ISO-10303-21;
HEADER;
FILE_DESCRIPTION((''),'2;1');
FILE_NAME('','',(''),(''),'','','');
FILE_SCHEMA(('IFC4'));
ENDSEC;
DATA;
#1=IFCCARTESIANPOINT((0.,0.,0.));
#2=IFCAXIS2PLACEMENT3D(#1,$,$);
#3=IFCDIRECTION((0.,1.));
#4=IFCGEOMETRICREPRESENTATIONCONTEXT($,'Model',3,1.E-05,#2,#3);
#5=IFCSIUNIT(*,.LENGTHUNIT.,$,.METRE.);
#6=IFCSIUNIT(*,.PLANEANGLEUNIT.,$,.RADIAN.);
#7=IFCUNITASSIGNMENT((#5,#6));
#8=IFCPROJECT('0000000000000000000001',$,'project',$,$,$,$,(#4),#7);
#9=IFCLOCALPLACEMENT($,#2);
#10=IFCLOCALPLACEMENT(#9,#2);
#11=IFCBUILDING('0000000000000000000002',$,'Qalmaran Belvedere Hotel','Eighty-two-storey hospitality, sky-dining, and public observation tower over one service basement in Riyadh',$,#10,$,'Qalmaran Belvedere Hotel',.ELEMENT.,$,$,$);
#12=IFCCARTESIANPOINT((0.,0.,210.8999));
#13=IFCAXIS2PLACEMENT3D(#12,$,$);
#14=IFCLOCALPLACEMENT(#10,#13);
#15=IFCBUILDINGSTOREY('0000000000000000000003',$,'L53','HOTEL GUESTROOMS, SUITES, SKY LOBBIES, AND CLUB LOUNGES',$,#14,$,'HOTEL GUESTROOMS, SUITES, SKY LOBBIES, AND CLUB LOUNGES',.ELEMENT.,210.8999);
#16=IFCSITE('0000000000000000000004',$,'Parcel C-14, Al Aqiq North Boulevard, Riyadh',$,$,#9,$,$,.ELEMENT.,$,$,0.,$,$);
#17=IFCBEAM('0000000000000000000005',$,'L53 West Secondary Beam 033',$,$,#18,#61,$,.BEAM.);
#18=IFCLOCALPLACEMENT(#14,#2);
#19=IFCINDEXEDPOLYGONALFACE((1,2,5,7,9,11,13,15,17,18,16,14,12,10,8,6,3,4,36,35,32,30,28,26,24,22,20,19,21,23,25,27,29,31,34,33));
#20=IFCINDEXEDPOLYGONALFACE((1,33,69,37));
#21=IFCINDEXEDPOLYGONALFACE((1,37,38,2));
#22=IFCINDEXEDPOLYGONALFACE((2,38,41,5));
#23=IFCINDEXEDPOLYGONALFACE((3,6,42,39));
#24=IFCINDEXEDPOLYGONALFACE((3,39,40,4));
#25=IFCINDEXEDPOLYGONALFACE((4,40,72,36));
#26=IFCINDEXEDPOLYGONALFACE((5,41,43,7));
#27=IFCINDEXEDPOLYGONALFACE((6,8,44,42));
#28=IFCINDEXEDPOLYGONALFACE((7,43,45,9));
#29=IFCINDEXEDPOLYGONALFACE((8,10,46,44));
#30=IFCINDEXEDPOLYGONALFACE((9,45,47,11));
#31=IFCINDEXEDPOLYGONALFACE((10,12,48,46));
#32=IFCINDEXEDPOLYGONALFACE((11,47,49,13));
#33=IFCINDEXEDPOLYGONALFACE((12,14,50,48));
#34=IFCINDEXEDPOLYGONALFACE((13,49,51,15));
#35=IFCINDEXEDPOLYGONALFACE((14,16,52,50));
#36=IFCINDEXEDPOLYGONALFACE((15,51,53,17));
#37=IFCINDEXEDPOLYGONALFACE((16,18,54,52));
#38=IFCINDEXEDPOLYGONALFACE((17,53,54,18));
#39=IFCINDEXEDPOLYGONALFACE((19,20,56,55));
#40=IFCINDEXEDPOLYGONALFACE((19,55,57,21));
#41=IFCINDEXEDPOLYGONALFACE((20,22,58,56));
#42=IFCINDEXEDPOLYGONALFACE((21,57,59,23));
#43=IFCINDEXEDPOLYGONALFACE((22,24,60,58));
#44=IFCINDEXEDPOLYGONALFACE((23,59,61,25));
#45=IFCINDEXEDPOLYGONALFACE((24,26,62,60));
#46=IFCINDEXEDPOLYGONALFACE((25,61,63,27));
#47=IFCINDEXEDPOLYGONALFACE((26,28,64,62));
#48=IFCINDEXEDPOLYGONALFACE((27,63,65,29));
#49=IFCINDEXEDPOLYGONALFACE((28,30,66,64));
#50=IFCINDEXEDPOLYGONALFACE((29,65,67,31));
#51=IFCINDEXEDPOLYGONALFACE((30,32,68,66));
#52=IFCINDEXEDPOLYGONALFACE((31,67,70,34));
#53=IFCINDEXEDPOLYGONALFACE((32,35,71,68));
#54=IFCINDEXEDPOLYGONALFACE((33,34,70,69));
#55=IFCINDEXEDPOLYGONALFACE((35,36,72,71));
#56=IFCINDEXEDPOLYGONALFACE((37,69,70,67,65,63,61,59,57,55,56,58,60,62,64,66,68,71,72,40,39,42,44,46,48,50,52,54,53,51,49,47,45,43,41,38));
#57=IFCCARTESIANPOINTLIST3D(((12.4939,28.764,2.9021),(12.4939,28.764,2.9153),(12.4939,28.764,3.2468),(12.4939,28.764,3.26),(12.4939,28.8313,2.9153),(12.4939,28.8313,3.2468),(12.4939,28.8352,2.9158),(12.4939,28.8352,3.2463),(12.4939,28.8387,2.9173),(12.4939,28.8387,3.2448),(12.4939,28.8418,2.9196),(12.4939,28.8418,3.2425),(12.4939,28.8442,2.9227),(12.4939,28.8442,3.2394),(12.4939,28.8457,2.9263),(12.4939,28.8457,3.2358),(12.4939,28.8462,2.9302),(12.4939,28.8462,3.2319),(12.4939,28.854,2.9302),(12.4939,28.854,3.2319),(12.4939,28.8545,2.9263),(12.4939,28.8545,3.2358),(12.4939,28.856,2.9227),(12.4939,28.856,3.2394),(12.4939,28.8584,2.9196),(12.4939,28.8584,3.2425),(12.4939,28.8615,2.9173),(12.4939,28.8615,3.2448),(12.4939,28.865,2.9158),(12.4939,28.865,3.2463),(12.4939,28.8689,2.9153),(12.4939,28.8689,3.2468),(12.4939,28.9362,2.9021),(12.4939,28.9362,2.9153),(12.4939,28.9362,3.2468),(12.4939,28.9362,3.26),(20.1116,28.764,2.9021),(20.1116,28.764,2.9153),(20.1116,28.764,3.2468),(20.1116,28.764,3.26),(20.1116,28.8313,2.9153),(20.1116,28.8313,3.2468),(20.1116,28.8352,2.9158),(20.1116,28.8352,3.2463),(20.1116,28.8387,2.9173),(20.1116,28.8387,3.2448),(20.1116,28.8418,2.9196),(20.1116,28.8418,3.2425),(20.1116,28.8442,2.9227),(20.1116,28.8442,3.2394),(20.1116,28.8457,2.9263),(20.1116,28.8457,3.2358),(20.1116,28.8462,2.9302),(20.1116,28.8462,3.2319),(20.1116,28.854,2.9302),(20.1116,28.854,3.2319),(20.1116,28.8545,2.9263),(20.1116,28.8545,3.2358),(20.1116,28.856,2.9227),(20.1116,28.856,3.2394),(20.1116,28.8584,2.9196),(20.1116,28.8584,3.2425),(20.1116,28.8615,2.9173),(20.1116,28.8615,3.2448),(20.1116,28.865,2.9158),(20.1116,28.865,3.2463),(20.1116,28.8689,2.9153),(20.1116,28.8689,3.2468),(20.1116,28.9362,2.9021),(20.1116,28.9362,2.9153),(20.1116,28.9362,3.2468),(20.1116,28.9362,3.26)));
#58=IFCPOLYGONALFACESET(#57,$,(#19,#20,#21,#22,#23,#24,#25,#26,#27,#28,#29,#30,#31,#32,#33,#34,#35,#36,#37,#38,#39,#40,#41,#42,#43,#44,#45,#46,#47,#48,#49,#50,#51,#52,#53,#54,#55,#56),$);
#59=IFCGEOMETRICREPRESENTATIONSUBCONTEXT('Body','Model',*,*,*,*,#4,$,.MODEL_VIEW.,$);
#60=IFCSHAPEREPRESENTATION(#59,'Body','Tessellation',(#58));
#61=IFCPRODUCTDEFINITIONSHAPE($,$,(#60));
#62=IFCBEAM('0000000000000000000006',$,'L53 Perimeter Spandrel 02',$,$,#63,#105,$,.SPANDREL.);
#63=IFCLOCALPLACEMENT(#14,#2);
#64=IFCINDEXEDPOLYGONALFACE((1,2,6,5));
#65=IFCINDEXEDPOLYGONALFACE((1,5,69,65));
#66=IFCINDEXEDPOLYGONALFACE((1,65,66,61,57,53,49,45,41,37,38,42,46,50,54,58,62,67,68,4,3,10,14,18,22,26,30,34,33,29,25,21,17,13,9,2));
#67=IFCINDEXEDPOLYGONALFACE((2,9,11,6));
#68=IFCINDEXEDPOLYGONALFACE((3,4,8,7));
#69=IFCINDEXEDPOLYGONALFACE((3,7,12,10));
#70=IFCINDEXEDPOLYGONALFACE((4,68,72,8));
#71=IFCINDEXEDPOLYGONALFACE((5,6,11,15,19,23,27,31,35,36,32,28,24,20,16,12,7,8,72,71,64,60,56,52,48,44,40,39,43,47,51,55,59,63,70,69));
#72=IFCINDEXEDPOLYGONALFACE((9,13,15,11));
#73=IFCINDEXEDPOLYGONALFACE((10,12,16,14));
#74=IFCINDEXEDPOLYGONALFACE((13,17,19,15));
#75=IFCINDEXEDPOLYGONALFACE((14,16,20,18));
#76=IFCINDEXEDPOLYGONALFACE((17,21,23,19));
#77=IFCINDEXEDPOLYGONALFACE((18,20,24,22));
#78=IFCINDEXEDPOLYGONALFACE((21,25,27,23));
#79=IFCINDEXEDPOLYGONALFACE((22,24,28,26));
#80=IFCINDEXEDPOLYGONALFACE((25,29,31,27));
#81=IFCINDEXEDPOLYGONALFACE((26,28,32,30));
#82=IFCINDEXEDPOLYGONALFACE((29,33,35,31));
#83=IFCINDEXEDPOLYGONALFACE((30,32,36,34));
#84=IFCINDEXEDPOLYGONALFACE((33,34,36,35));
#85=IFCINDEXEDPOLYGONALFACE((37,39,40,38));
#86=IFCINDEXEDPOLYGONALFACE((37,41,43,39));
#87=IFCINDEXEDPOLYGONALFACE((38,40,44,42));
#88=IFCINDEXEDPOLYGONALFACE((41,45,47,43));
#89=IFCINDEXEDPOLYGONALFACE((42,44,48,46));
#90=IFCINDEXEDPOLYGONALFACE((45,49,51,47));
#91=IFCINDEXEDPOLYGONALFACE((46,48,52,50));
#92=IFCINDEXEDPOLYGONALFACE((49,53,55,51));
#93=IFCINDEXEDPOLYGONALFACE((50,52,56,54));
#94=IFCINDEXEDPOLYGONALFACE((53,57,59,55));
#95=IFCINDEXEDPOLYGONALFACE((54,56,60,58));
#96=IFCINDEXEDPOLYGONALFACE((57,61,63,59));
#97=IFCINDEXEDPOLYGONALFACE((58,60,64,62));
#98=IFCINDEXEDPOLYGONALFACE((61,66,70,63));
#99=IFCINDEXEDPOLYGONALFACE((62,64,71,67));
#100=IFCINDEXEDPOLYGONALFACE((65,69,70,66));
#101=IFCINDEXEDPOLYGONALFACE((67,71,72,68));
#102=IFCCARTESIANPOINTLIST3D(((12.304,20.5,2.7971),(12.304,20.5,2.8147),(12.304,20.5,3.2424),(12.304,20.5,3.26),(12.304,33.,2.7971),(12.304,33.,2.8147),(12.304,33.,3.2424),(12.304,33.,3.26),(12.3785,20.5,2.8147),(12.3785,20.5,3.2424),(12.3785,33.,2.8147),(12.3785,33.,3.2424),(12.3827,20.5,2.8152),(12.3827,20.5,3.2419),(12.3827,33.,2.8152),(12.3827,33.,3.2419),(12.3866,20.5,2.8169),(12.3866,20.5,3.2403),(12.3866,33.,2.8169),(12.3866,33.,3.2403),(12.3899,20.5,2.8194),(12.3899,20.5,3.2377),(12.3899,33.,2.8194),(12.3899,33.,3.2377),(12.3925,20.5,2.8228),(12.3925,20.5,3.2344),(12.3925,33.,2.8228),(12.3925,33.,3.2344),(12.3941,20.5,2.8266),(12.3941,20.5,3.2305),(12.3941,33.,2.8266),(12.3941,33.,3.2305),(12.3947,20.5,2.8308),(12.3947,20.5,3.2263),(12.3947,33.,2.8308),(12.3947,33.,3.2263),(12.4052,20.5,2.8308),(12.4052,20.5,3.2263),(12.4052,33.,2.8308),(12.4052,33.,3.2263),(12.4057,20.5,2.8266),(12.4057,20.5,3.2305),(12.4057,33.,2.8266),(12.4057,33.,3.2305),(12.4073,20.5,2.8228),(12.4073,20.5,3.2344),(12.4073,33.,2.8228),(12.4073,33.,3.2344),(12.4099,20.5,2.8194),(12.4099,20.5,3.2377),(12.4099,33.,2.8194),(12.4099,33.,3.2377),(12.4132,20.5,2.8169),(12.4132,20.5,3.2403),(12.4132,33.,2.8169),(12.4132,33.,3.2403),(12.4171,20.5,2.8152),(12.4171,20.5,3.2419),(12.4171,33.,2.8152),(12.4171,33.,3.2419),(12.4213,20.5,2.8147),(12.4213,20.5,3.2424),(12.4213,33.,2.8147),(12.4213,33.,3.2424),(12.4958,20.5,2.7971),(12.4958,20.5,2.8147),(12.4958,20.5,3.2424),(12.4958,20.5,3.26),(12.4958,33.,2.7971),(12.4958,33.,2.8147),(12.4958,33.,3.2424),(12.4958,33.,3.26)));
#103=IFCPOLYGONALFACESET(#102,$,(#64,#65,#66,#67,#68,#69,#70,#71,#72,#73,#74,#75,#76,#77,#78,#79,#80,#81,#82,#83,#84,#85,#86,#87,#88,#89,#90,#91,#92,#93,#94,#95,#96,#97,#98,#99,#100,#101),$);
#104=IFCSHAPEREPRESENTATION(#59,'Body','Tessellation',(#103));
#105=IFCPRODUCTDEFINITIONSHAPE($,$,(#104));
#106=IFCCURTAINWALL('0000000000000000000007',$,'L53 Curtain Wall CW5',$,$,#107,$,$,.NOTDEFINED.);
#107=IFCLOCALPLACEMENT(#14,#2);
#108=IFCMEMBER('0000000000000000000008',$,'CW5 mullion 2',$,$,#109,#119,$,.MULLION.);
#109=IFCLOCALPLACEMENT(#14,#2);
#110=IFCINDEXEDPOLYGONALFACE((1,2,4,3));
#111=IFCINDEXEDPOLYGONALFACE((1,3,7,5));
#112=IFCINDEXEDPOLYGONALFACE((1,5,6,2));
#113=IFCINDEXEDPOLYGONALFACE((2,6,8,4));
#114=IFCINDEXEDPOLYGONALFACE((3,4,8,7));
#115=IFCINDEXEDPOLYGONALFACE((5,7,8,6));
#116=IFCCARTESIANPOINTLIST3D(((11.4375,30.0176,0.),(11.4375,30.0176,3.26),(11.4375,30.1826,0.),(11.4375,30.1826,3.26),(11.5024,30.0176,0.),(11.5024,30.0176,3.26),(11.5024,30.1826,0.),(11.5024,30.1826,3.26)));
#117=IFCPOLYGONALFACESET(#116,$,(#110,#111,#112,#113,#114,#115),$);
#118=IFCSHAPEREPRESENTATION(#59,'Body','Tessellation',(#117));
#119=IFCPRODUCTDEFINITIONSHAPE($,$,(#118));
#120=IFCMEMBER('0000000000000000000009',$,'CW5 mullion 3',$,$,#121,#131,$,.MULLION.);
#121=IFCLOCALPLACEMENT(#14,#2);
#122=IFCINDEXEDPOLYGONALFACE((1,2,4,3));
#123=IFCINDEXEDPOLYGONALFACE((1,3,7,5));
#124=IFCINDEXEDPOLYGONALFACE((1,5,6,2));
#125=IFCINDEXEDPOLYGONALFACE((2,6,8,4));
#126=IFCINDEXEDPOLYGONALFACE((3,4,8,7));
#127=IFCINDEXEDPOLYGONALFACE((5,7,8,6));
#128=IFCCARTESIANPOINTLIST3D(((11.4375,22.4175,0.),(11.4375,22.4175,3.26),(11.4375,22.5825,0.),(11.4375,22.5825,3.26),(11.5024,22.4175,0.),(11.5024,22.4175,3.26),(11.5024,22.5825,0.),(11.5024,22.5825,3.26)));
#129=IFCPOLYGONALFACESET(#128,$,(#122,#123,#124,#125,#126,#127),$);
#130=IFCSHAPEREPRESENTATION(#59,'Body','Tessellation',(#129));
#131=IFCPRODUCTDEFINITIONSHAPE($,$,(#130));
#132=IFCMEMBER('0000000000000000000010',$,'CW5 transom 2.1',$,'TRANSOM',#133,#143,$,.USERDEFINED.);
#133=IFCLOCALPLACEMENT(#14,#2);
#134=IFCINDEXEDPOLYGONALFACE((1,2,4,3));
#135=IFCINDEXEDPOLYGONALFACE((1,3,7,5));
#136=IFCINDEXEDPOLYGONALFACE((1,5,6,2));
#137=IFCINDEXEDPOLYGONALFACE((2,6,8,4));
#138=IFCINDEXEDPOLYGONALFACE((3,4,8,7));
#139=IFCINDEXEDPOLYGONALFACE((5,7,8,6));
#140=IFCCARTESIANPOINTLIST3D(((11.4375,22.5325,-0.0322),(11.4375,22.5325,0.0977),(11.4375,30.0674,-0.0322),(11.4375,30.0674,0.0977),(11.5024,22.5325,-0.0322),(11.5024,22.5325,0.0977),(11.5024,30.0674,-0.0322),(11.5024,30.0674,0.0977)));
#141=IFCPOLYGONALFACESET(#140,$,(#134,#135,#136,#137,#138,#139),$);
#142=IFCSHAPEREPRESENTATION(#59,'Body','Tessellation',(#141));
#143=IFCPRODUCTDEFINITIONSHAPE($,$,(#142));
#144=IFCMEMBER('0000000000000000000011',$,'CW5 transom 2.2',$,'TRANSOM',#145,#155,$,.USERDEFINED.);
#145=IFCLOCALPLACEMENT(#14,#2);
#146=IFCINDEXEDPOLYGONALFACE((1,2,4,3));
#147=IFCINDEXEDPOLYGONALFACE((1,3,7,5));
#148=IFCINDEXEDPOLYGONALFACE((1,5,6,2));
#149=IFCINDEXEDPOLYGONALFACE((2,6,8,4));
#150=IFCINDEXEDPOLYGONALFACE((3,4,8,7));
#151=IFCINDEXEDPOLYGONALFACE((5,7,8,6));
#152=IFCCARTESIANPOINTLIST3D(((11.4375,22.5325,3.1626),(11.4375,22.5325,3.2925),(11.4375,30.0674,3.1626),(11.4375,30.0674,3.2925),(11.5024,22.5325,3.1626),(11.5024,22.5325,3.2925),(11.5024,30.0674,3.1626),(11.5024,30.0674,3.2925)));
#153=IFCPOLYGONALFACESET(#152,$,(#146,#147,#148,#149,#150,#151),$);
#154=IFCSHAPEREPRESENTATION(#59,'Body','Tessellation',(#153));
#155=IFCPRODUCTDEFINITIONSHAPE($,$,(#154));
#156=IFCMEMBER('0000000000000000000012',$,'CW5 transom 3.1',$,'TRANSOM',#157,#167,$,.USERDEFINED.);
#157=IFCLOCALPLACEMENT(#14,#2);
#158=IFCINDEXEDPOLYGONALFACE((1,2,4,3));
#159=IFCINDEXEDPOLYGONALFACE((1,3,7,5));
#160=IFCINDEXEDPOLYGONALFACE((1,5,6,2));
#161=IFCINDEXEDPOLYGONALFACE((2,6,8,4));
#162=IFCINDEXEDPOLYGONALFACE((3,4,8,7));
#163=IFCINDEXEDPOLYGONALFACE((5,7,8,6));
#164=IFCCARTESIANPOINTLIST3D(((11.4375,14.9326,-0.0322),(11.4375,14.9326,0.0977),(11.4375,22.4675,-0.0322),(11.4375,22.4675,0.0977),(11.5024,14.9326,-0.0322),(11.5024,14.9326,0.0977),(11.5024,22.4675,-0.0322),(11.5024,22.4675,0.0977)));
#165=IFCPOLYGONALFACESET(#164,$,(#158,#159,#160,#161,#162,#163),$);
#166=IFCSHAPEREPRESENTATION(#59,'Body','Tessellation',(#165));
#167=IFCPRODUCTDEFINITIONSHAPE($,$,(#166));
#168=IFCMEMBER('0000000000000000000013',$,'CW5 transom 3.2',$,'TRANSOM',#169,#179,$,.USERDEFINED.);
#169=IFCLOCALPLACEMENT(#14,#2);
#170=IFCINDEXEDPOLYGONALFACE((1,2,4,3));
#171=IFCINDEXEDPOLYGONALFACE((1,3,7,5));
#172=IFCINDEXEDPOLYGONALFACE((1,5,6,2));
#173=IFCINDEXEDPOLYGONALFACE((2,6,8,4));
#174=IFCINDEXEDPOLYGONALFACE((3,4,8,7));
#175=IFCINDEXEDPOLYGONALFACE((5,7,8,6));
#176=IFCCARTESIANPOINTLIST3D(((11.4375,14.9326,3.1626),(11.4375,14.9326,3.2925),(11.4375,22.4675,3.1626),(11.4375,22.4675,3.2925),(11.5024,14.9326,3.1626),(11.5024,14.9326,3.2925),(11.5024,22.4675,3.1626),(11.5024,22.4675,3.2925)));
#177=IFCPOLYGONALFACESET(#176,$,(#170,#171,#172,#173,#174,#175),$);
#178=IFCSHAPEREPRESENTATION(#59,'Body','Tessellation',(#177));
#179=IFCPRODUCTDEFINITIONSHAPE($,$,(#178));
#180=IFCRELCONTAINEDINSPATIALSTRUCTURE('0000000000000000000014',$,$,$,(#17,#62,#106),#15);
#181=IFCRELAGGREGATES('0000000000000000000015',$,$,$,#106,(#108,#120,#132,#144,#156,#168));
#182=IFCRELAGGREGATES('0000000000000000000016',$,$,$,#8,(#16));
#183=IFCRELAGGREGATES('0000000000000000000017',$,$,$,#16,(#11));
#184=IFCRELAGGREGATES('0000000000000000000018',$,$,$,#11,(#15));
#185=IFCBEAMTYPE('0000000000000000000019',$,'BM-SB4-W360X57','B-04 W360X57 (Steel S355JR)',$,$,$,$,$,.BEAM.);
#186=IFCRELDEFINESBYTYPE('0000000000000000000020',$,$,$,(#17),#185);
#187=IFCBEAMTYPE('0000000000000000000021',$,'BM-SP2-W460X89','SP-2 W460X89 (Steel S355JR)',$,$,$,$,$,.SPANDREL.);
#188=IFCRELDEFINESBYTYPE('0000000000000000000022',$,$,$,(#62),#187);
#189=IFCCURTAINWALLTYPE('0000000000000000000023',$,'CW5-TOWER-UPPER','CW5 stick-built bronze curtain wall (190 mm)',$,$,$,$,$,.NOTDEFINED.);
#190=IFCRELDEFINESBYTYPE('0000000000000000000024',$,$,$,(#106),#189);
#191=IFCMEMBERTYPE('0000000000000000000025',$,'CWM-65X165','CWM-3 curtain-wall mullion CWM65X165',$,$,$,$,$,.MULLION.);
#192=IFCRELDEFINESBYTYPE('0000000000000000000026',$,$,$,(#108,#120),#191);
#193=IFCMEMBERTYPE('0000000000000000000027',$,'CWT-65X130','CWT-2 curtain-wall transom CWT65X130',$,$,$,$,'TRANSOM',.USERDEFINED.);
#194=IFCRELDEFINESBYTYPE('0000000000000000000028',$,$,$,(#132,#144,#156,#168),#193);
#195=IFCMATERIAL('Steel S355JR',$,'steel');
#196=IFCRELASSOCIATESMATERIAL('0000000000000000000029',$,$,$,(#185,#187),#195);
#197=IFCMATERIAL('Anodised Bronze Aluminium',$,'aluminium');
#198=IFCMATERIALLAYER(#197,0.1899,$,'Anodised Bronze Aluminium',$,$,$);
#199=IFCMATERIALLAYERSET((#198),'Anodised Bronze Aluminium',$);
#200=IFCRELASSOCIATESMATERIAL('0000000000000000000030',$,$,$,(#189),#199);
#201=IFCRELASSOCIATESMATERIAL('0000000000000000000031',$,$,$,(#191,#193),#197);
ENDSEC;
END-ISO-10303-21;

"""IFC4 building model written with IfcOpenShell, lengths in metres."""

from ifc_helpers import new_model, si_unit, direction, frame, origin, origin_2d, place, context, subcontext, project, spatial, rectangle, i_section, extrude, material, layer, layer_set, material_profile, profile_set, type_object, element, aggregate, save


model = new_model("IFC4")

# Units and contexts
model_context = context("Model", 3, precision=1e-05, world=origin(), true_north=direction((0.0, 1.0)))
body_context = subcontext(model_context, "Body", "Model", "MODEL_VIEW")
ifc_project = project(units=[si_unit("LENGTHUNIT", "METRE"), si_unit("PLANEANGLEUNIT", "RADIAN")], contexts=[model_context])

# Site, building, storey
site_placement = place(None, origin())
site = spatial("IfcSite", under=ifc_project, at=site_placement, Name="Parcel C-14, Al Aqiq North Boulevard, Riyadh", CompositionType="ELEMENT", RefElevation=0.0)
building_placement = place(site_placement, origin())
building = spatial("IfcBuilding", under=site, at=building_placement, Name="Qalmaran Belvedere Hotel", Description="Eighty-two-storey hospitality, sky-dining, and public observation tower over one service basement in Riyadh", LongName="Qalmaran Belvedere Hotel", CompositionType="ELEMENT")
storey_placement = place(building_placement, frame((0.0, 0.0, 210.8999)))
storey = spatial("IfcBuildingStorey", under=building, at=storey_placement, Name="L53", Description="HOTEL GUESTROOMS, SUITES, SKY LOBBIES, AND CLUB LOUNGES", LongName="HOTEL GUESTROOMS, SUITES, SKY LOBBIES, AND CLUB LOUNGES", CompositionType="ELEMENT", Elevation=210.8999)

# Beams
ifc_material_1 = material(Name="Steel S355JR", Category="steel")
ifc_material_profile_1 = material_profile(ifc_material_1, i_section(OverallWidth=0.1721, OverallDepth=0.3579, WebThickness=0.0078, FlangeThickness=0.0132, FilletRadius=0.0149, at=origin_2d()), Name="W360X57")
ifc_profile_set_1 = profile_set([ifc_material_profile_1], Name="Steel S355JR")
beam_type_1 = type_object("IfcBeamType", Name="BM-SB4-W360X57", Description="B-04 W360X57 (Steel S355JR)", PredefinedType="BEAM", material=ifc_profile_set_1)
for number, where, z_axis, x_axis, name in (
    (1, (12.4939, 28.8501, 3.0811), (1.0, 0.0, 0.0), (0.0, 1.0, 0.0), "L53 West Secondary Beam 033"),
):
    element("IfcBeam", number, at=place(storey_placement, frame(where, z_axis=z_axis, x_axis=x_axis)), inside=storey, type_object=beam_type_1, Name=name, PredefinedType="BEAM", context=body_context, shape_type="SweptSolid", body=[
        extrude(i_section(OverallWidth=0.1721, OverallDepth=0.3579, WebThickness=0.0078, FlangeThickness=0.0132, FilletRadius=0.0149, at=origin_2d()), origin(), (0.0, 0.0, 1.0), 7.6177),
    ])
ifc_material_profile_2 = material_profile(ifc_material_1, i_section(OverallWidth=0.1919, OverallDepth=0.4629, WebThickness=0.0105, FlangeThickness=0.0176, FilletRadius=0.0161, at=origin_2d()), Name="W460X89")
ifc_profile_set_2 = profile_set([ifc_material_profile_2], Name="Steel S355JR")
beam_type_2 = type_object("IfcBeamType", Name="BM-SP2-W460X89", Description="SP-2 W460X89 (Steel S355JR)", PredefinedType="SPANDREL", material=ifc_profile_set_2)
beam_placement = place(storey_placement, frame((12.3999, 20.5, 3.0286), z_axis=(0.0, 1.0, 0.0), x_axis=(-1.0, 0.0, 0.0)))
element("IfcBeam", 2, at=beam_placement, inside=storey, type_object=beam_type_2, Name="L53 Perimeter Spandrel 02", PredefinedType="SPANDREL", context=body_context, shape_type="SweptSolid", body=[
    extrude(i_section(OverallWidth=0.1919, OverallDepth=0.4629, WebThickness=0.0105, FlangeThickness=0.0176, FilletRadius=0.0161, at=origin_2d()), origin(), (0.0, 0.0, 1.0), 12.5),
])

# Curtain wall, members
ifc_material_2 = material(Name="Anodised Bronze Aluminium", Category="aluminium")
ifc_layer_1 = layer(ifc_material_2, 0.1899, Name="Anodised Bronze Aluminium")
ifc_layer_set_1 = layer_set([ifc_layer_1], Name="Anodised Bronze Aluminium")
curtain_wall_type = type_object("IfcCurtainWallType", Name="CW5-TOWER-UPPER", Description="CW5 stick-built bronze curtain wall (190 mm)", PredefinedType="NOTDEFINED", material=ifc_layer_set_1)
curtain_wall_placement = place(storey_placement, origin())
curtain_wall = element("IfcCurtainWall", 3, at=curtain_wall_placement, inside=storey, type_object=curtain_wall_type, Name="L53 Curtain Wall CW5", PredefinedType="NOTDEFINED")
ifc_material_profile_3 = material_profile(ifc_material_2, rectangle(XDim=0.0649, YDim=0.165, at=origin_2d()), Name="CWM65X165")
ifc_profile_set_3 = profile_set([ifc_material_profile_3], Name="Anodised Bronze Aluminium")
member_type_1 = type_object("IfcMemberType", Name="CWM-65X165", Description="CWM-3 curtain-wall mullion CWM65X165", PredefinedType="MULLION", material=ifc_profile_set_3)
member_1_placement = place(storey_placement, frame((11.47, 30.1001, 0.0), z_axis=(0.0, 0.0, 1.0), x_axis=(1.0, 0.0, 0.0)))
member_1 = element("IfcMember", 4, at=member_1_placement, type_object=member_type_1, Name="CW5 mullion 2", PredefinedType="MULLION", context=body_context, shape_type="SweptSolid", body=[
    extrude(rectangle(XDim=0.0649, YDim=0.165, at=origin_2d()), origin(), (0.0, 0.0, 1.0), 3.26),
])
member_2_placement = place(storey_placement, frame((11.47, 22.5, 0.0), z_axis=(0.0, 0.0, 1.0), x_axis=(1.0, 0.0, 0.0)))
member_2 = element("IfcMember", 5, at=member_2_placement, type_object=member_type_1, Name="CW5 mullion 3", PredefinedType="MULLION", context=body_context, shape_type="SweptSolid", body=[
    extrude(rectangle(XDim=0.0649, YDim=0.165, at=origin_2d()), origin(), (0.0, 0.0, 1.0), 3.26),
])
ifc_material_profile_4 = material_profile(ifc_material_2, rectangle(XDim=0.0649, YDim=0.1299, at=origin_2d()), Name="CWT65X130")
ifc_profile_set_4 = profile_set([ifc_material_profile_4], Name="Anodised Bronze Aluminium")
member_type_2 = type_object("IfcMemberType", Name="CWT-65X130", Description="CWT-2 curtain-wall transom CWT65X130", ElementType="TRANSOM", PredefinedType="USERDEFINED", material=ifc_profile_set_4)
member_3_placement = place(storey_placement, frame((11.47, 30.0674, 0.0327), z_axis=(0.0, -1.0, 0.0), x_axis=(1.0, 0.0, 0.0)))
member_3 = element("IfcMember", 6, at=member_3_placement, type_object=member_type_2, Name="CW5 transom 2.1", ObjectType="TRANSOM", PredefinedType="USERDEFINED", context=body_context, shape_type="SweptSolid", body=[
    extrude(rectangle(XDim=0.0649, YDim=0.1299, at=origin_2d()), origin(), (0.0, 0.0, 1.0), 7.5349),
])
member_4_placement = place(storey_placement, frame((11.47, 30.0674, 3.2275), z_axis=(0.0, -1.0, 0.0), x_axis=(1.0, 0.0, 0.0)))
member_4 = element("IfcMember", 7, at=member_4_placement, type_object=member_type_2, Name="CW5 transom 2.2", ObjectType="TRANSOM", PredefinedType="USERDEFINED", context=body_context, shape_type="SweptSolid", body=[
    extrude(rectangle(XDim=0.0649, YDim=0.1299, at=origin_2d()), origin(), (0.0, 0.0, 1.0), 7.5349),
])
member_5_placement = place(storey_placement, frame((11.47, 22.4675, 0.0327), z_axis=(0.0, -1.0, 0.0), x_axis=(1.0, 0.0, 0.0)))
member_5 = element("IfcMember", 8, at=member_5_placement, type_object=member_type_2, Name="CW5 transom 3.1", ObjectType="TRANSOM", PredefinedType="USERDEFINED", context=body_context, shape_type="SweptSolid", body=[
    extrude(rectangle(XDim=0.0649, YDim=0.1299, at=origin_2d()), origin(), (0.0, 0.0, 1.0), 7.5349),
])
member_6_placement = place(storey_placement, frame((11.47, 22.4675, 3.2275), z_axis=(0.0, -1.0, 0.0), x_axis=(1.0, 0.0, 0.0)))
member_6 = element("IfcMember", 9, at=member_6_placement, type_object=member_type_2, Name="CW5 transom 3.2", ObjectType="TRANSOM", PredefinedType="USERDEFINED", context=body_context, shape_type="SweptSolid", body=[
    extrude(rectangle(XDim=0.0649, YDim=0.1299, at=origin_2d()), origin(), (0.0, 0.0, 1.0), 7.5349),
])
aggregate(curtain_wall, [member_1, member_2, member_3, member_4, member_5, member_6])

save(model, "model.ifc")
